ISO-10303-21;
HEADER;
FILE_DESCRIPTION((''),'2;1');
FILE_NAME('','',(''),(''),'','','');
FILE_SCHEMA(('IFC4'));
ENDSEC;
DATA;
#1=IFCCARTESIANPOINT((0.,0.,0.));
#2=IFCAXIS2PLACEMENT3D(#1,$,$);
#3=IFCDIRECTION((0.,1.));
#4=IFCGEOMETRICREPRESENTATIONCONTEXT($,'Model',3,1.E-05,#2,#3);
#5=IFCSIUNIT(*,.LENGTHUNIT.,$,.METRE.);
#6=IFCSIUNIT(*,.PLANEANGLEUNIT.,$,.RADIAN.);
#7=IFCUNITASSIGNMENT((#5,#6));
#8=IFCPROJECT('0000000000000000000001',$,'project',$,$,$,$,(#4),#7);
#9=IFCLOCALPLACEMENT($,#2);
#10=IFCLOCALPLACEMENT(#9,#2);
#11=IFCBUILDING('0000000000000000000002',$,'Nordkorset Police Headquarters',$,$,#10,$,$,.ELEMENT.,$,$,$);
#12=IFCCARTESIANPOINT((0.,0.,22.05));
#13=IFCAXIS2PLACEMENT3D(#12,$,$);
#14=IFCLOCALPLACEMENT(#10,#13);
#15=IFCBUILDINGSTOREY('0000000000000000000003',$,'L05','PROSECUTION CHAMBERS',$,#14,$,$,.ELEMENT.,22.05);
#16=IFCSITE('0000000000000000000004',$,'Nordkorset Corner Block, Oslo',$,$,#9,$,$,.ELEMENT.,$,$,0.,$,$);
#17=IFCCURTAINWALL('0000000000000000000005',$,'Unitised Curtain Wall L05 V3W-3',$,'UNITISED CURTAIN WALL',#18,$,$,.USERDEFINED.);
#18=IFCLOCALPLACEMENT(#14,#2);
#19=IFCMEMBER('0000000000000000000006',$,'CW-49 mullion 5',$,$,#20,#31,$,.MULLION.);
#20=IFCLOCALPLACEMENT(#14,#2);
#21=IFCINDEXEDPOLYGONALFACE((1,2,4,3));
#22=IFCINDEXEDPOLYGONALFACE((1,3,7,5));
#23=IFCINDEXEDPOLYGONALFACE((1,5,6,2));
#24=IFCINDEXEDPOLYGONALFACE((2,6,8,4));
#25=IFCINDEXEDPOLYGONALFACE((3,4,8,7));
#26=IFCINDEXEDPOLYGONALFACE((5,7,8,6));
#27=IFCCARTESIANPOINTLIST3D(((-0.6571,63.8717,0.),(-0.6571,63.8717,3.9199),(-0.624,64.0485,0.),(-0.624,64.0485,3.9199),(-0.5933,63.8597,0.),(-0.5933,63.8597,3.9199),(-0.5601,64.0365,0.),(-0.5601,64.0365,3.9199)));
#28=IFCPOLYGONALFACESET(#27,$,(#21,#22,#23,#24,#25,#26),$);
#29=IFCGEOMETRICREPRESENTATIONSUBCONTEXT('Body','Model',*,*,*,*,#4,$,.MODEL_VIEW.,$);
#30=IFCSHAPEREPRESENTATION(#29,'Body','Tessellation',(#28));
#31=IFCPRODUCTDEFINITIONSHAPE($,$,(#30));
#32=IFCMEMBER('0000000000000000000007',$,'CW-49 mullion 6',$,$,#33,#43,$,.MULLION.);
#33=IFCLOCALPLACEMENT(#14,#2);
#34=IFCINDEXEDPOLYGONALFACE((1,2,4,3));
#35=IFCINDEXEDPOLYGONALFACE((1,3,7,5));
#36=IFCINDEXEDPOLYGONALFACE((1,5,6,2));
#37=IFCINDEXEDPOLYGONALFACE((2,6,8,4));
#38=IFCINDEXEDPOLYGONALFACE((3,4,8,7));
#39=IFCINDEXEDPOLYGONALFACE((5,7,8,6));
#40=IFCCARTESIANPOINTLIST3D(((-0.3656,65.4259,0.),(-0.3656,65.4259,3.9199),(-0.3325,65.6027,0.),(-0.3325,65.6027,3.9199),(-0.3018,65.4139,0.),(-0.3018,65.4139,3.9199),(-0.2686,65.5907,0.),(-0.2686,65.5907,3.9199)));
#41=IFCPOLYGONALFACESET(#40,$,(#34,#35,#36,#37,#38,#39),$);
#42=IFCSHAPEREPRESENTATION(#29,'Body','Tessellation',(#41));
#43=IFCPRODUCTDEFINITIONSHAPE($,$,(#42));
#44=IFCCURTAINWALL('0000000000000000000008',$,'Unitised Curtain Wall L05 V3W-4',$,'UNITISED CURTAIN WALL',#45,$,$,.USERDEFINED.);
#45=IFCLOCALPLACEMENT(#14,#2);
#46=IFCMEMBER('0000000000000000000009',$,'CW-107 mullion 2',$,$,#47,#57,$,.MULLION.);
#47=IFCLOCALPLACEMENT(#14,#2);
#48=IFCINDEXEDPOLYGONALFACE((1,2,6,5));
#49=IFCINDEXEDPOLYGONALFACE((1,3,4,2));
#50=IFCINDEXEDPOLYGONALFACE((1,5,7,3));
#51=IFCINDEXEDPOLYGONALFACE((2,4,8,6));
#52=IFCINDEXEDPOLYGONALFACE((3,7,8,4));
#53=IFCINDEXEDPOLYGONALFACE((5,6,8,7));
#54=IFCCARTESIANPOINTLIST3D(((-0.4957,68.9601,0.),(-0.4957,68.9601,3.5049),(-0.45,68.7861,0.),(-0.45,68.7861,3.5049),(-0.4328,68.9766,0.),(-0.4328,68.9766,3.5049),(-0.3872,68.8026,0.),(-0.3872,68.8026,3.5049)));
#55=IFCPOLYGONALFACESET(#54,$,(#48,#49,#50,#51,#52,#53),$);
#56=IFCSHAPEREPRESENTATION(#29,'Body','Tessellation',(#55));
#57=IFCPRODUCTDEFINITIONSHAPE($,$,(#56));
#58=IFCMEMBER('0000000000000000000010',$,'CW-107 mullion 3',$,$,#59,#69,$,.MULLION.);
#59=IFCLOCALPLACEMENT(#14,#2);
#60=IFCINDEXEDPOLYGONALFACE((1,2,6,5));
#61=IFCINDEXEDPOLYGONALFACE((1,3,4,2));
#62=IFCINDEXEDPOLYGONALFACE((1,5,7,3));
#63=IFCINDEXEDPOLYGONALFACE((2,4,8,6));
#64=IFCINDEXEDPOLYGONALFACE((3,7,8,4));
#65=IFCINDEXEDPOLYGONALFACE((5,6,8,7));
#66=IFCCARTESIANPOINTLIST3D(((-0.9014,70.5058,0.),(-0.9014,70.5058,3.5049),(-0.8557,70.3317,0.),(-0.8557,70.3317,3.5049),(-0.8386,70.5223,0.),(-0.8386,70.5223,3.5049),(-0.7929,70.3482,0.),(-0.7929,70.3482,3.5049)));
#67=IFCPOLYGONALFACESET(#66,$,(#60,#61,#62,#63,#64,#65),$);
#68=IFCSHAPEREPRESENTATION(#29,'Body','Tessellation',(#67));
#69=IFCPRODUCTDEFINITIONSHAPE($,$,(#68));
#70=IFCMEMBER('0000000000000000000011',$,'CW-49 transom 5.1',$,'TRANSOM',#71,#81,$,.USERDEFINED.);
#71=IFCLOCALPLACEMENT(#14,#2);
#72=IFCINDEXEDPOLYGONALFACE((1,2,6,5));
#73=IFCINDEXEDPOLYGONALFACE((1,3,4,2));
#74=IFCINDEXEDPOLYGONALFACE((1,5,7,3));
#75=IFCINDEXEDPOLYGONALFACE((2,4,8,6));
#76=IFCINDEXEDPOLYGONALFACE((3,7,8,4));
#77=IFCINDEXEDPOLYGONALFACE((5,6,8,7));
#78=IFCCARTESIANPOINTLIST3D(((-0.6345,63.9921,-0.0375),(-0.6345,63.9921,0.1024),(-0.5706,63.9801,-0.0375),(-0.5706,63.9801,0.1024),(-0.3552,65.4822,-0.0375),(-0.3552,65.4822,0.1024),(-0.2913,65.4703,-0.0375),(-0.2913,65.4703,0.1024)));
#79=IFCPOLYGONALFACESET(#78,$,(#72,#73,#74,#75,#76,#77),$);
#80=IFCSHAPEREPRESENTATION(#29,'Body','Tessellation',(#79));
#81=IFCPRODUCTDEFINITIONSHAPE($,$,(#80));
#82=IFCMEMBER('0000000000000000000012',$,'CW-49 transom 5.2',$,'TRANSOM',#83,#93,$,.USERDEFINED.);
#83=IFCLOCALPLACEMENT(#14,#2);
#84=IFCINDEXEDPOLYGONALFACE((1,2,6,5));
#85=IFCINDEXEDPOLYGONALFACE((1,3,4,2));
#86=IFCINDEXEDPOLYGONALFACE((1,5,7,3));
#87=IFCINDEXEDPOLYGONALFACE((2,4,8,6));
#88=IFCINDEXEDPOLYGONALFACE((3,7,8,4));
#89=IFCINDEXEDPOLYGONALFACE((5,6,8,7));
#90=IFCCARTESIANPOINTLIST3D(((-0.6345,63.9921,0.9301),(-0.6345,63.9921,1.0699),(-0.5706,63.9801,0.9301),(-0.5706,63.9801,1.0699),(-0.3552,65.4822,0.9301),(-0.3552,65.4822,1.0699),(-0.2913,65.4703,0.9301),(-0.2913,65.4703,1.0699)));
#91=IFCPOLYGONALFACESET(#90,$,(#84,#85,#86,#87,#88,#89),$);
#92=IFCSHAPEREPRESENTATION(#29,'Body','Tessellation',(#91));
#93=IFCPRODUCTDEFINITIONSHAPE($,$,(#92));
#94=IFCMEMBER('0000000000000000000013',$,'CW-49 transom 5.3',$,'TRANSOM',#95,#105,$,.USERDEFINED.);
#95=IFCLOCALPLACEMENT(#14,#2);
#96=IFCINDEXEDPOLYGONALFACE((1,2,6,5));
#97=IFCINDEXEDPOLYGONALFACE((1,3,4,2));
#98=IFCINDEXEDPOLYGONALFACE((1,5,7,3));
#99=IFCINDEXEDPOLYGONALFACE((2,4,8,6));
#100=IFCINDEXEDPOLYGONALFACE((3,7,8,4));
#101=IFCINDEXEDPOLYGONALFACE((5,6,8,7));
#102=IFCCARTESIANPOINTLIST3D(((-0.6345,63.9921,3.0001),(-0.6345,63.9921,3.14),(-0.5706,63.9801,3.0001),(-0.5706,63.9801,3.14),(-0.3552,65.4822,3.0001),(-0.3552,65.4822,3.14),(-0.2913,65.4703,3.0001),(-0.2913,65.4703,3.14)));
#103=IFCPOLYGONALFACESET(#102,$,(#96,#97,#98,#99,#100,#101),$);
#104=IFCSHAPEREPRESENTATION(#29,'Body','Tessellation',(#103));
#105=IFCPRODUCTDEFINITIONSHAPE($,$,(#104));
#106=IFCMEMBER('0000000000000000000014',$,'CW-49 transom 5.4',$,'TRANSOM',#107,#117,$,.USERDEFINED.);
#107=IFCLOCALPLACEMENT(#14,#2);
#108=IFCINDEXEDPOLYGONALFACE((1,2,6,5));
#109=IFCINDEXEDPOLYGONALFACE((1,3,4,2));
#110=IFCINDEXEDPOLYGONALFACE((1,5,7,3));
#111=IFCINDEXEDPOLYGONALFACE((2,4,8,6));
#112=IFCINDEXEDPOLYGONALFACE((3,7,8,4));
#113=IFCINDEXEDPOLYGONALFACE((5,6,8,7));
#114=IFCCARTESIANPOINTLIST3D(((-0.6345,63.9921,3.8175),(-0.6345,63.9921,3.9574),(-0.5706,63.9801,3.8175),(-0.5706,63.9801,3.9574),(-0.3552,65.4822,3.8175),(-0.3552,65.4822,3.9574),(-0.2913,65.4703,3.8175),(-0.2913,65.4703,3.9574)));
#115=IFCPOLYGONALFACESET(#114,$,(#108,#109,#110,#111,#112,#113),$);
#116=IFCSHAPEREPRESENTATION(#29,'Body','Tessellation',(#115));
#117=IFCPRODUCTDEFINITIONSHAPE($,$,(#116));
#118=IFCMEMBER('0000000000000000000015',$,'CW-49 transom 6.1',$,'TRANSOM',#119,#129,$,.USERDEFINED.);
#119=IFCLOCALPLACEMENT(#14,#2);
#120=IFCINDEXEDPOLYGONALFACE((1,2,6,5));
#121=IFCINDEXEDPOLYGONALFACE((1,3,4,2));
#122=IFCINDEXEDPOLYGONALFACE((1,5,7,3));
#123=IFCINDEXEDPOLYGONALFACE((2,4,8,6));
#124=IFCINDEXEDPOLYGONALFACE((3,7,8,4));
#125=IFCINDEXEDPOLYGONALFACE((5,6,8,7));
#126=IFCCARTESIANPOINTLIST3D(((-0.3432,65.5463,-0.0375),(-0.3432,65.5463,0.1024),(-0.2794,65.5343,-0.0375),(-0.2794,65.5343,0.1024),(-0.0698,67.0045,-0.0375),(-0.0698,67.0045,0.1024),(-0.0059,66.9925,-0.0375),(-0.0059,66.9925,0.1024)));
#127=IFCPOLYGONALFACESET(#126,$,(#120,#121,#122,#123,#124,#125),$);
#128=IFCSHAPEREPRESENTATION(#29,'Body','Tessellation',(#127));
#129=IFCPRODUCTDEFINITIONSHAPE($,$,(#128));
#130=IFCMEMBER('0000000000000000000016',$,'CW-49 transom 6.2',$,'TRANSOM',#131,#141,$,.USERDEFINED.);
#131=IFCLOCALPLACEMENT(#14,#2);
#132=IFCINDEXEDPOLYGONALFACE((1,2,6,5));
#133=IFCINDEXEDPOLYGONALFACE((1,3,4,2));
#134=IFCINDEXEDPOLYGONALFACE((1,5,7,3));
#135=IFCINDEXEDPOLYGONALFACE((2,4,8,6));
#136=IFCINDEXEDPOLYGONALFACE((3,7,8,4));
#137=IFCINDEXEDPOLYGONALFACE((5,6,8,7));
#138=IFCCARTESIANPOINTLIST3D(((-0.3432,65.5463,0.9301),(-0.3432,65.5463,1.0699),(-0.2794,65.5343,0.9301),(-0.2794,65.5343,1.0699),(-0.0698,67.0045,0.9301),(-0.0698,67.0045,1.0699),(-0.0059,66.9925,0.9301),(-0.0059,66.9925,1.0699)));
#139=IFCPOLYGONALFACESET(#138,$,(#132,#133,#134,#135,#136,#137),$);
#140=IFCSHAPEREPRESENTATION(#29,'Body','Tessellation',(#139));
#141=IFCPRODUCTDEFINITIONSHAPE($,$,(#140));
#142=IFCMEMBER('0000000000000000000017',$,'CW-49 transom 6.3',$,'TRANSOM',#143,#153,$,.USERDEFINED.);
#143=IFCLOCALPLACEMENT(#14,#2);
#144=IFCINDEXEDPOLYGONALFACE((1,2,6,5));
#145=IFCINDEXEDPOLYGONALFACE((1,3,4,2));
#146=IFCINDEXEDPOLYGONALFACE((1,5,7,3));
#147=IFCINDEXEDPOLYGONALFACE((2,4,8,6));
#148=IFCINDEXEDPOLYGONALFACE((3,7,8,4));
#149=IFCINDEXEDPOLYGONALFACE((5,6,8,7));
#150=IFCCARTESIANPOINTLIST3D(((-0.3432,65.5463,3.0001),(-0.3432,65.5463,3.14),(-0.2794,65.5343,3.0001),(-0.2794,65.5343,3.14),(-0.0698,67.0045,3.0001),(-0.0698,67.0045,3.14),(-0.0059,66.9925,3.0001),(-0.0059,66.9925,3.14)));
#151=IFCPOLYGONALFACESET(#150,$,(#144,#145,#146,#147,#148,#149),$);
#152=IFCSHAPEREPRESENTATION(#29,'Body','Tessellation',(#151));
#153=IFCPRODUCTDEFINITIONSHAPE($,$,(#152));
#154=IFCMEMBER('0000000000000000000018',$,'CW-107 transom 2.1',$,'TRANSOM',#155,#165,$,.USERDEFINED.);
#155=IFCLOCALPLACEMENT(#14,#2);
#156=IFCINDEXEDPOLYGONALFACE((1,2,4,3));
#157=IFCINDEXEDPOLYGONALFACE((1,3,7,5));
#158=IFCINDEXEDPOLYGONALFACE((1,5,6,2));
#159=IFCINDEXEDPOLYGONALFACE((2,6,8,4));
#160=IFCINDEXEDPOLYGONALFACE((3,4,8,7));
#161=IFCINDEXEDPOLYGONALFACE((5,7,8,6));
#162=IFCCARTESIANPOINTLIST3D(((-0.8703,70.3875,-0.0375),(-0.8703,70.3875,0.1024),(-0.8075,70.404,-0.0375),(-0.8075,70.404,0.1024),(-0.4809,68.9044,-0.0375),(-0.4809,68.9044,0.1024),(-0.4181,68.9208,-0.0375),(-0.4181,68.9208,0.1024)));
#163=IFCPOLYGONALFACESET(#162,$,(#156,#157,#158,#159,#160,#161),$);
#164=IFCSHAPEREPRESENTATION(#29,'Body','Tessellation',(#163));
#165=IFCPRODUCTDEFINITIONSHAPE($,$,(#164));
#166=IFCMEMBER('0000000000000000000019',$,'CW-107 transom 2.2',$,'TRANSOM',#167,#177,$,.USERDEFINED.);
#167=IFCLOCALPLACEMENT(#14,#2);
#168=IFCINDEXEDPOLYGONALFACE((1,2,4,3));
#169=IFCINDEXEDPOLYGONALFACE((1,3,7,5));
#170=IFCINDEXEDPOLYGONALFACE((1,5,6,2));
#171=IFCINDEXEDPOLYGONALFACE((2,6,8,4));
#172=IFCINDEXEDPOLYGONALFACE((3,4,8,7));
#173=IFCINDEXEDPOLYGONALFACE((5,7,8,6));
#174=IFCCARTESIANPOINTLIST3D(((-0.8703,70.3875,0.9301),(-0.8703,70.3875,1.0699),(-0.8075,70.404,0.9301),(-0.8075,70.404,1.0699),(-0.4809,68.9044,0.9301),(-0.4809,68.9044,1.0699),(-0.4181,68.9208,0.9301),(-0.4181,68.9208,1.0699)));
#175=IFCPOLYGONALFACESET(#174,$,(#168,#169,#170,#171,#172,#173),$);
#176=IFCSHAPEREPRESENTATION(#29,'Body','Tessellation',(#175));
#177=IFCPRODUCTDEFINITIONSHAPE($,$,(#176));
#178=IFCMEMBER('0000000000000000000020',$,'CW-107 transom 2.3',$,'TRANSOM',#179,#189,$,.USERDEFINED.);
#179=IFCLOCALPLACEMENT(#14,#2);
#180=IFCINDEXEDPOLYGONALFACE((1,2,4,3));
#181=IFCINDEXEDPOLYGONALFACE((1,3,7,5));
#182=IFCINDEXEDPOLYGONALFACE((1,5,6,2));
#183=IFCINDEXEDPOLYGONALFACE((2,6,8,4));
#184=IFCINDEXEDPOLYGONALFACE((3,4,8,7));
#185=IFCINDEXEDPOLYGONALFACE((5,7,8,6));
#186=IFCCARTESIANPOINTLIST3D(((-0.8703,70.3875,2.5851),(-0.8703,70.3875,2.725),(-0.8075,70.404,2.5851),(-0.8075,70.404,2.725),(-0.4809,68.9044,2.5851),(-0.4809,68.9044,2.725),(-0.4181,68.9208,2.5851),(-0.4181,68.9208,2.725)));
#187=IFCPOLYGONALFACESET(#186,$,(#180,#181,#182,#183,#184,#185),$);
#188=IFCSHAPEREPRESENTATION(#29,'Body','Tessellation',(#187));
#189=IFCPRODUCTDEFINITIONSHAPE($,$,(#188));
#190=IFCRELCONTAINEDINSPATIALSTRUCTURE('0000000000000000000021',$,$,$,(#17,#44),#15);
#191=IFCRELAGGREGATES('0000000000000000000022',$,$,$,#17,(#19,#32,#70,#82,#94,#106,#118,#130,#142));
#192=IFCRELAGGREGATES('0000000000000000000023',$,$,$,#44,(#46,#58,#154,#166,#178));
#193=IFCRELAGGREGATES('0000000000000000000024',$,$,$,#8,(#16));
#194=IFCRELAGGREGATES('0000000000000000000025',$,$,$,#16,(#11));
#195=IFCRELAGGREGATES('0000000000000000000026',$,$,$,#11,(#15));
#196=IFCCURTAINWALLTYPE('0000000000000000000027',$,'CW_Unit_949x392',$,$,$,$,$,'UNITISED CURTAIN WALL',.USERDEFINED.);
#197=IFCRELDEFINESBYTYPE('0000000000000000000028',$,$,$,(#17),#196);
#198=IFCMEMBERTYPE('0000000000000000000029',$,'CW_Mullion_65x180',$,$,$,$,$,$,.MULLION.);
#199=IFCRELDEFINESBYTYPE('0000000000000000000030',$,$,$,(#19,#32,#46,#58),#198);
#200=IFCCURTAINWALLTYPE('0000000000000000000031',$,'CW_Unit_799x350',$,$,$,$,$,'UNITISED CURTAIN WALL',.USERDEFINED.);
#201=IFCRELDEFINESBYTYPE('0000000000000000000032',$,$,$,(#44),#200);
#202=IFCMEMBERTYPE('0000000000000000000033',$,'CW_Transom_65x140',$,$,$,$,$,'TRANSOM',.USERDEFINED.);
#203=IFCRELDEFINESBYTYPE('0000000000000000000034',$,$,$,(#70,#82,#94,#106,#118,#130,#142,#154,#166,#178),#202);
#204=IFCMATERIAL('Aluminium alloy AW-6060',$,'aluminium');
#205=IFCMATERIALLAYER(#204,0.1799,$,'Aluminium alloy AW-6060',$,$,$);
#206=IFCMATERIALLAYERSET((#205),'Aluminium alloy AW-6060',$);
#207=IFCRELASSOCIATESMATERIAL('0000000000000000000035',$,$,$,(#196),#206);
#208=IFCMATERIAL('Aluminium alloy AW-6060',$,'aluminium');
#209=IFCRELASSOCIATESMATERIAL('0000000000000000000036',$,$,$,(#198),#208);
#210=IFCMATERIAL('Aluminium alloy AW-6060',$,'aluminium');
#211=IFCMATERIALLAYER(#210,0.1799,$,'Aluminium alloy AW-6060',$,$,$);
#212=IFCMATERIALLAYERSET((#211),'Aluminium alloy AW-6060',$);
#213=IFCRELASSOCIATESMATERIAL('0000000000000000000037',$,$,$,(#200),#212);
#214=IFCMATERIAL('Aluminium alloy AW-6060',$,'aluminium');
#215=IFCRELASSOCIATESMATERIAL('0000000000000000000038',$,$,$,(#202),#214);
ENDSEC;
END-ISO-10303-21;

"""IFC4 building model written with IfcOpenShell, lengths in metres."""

from ifc_helpers import new_model, si_unit, direction, frame, origin, origin_2d, place, context, subcontext, project, spatial, rectangle, extrude, material, layer, layer_set, material_profile, profile_set, type_object, element, aggregate, save


model = new_model("IFC4")

# Units and contexts
model_context = context("Model", 3, precision=1e-05, world=origin(), true_north=direction((0.0, 1.0)))
body_context = subcontext(model_context, "Body", "Model", "MODEL_VIEW")
ifc_project = project(units=[si_unit("LENGTHUNIT", "METRE"), si_unit("PLANEANGLEUNIT", "RADIAN")], contexts=[model_context])

# Site, building, storey
site_placement = place(None, origin())
site = spatial("IfcSite", under=ifc_project, at=site_placement, Name="Nordkorset Corner Block, Oslo", CompositionType="ELEMENT", RefElevation=0.0)
building_placement = place(site_placement, origin())
building = spatial("IfcBuilding", under=site, at=building_placement, Name="Nordkorset Police Headquarters", CompositionType="ELEMENT")
storey_placement = place(building_placement, frame((0.0, 0.0, 22.05)))
storey = spatial("IfcBuildingStorey", under=building, at=storey_placement, Name="L05", Description="PROSECUTION CHAMBERS", CompositionType="ELEMENT", Elevation=22.05)

# Curtain walls, members
ifc_material_1 = material(Name="Aluminium alloy AW-6060", Category="aluminium")
ifc_layer_1 = layer(ifc_material_1, 0.1799, Name="Aluminium alloy AW-6060")
ifc_layer_set_1 = layer_set([ifc_layer_1], Name="Aluminium alloy AW-6060")
curtain_wall_type_1 = type_object("IfcCurtainWallType", Name="CW_Unit_949x392", ElementType="UNITISED CURTAIN WALL", PredefinedType="USERDEFINED", material=ifc_layer_set_1)
curtain_wall_1_placement = place(storey_placement, origin())
curtain_wall_1 = element("IfcCurtainWall", 1, at=curtain_wall_1_placement, inside=storey, type_object=curtain_wall_type_1, Name="Unitised Curtain Wall L05 V3W-3", ObjectType="UNITISED CURTAIN WALL", PredefinedType="USERDEFINED")
ifc_material_2 = material(Name="Aluminium alloy AW-6060", Category="aluminium")
ifc_material_profile_1 = material_profile(ifc_material_2, rectangle(XDim=0.0649, YDim=0.1799, at=origin_2d()), Name="ALU MULL 65x180")
ifc_profile_set_1 = profile_set([ifc_material_profile_1], Name="Aluminium alloy AW-6060")
member_type_1 = type_object("IfcMemberType", Name="CW_Mullion_65x180", PredefinedType="MULLION", material=ifc_profile_set_1)
member_1_placement = place(storey_placement, frame((-0.6086, 63.9541, 0.0), z_axis=(0.0, 0.0, 1.0), x_axis=(-0.982872, 0.184289, 0.0)))
member_1 = element("IfcMember", 2, at=member_1_placement, type_object=member_type_1, Name="CW-49 mullion 5", PredefinedType="MULLION", context=body_context, shape_type="SweptSolid", body=[
    extrude(rectangle(XDim=0.0649, YDim=0.1799, at=origin_2d()), origin(), (0.0, 0.0, 1.0), 3.9199),
])
member_2_placement = place(storey_placement, frame((-0.3171, 65.5083, 0.0), z_axis=(0.0, 0.0, 1.0), x_axis=(-0.982872, 0.184289, 0.0)))
member_2 = element("IfcMember", 3, at=member_2_placement, type_object=member_type_1, Name="CW-49 mullion 6", PredefinedType="MULLION", context=body_context, shape_type="SweptSolid", body=[
    extrude(rectangle(XDim=0.0649, YDim=0.1799, at=origin_2d()), origin(), (0.0, 0.0, 1.0), 3.9199),
])
ifc_material_3 = material(Name="Aluminium alloy AW-6060", Category="aluminium")
ifc_layer_2 = layer(ifc_material_3, 0.1799, Name="Aluminium alloy AW-6060")
ifc_layer_set_2 = layer_set([ifc_layer_2], Name="Aluminium alloy AW-6060")
curtain_wall_type_2 = type_object("IfcCurtainWallType", Name="CW_Unit_799x350", ElementType="UNITISED CURTAIN WALL", PredefinedType="USERDEFINED", material=ifc_layer_set_2)
curtain_wall_2_placement = place(storey_placement, origin())
curtain_wall_2 = element("IfcCurtainWall", 4, at=curtain_wall_2_placement, inside=storey, type_object=curtain_wall_type_2, Name="Unitised Curtain Wall L05 V3W-4", ObjectType="UNITISED CURTAIN WALL", PredefinedType="USERDEFINED")
member_3_placement = place(storey_placement, frame((-0.4414, 68.8813, 0.0), z_axis=(0.0, 0.0, 1.0), x_axis=(-0.967231, -0.253897, 0.0)))
member_3 = element("IfcMember", 5, at=member_3_placement, type_object=member_type_1, Name="CW-107 mullion 2", PredefinedType="MULLION", context=body_context, shape_type="SweptSolid", body=[
    extrude(rectangle(XDim=0.0649, YDim=0.1799, at=origin_2d()), origin(), (0.0, 0.0, 1.0), 3.5049),
])
member_4_placement = place(storey_placement, frame((-0.8472, 70.427, 0.0), z_axis=(0.0, 0.0, 1.0), x_axis=(-0.967231, -0.253897, 0.0)))
member_4 = element("IfcMember", 6, at=member_4_placement, type_object=member_type_1, Name="CW-107 mullion 3", PredefinedType="MULLION", context=body_context, shape_type="SweptSolid", body=[
    extrude(rectangle(XDim=0.0649, YDim=0.1799, at=origin_2d()), origin(), (0.0, 0.0, 1.0), 3.5049),
])

# Members
ifc_material_4 = material(Name="Aluminium alloy AW-6060", Category="aluminium")
ifc_material_profile_2 = material_profile(ifc_material_4, rectangle(XDim=0.0649, YDim=0.1399, at=origin_2d()), Name="ALU TRAN 65x140")
ifc_profile_set_2 = profile_set([ifc_material_profile_2], Name="Aluminium alloy AW-6060")
member_type_2 = type_object("IfcMemberType", Name="CW_Transom_65x140", ElementType="TRANSOM", PredefinedType="USERDEFINED", material=ifc_profile_set_2)
member_5_placement = place(storey_placement, frame((-0.6025, 63.9861, 0.0325), z_axis=(0.184211, 0.982887, 0.0), x_axis=(-0.982887, 0.184211, 0.0)))
member_5 = element("IfcMember", 7, at=member_5_placement, type_object=member_type_2, Name="CW-49 transom 5.1", ObjectType="TRANSOM", PredefinedType="USERDEFINED", context=body_context, shape_type="SweptSolid", body=[
    extrude(rectangle(XDim=0.0649, YDim=0.1399, at=origin_2d()), origin(), (0.0, 0.0, 1.0), 1.5161),
])
member_6_placement = place(storey_placement, frame((-0.6025, 63.9861, 1.0), z_axis=(0.184211, 0.982887, 0.0), x_axis=(-0.982887, 0.184211, 0.0)))
member_6 = element("IfcMember", 8, at=member_6_placement, type_object=member_type_2, Name="CW-49 transom 5.2", ObjectType="TRANSOM", PredefinedType="USERDEFINED", context=body_context, shape_type="SweptSolid", body=[
    extrude(rectangle(XDim=0.0649, YDim=0.1399, at=origin_2d()), origin(), (0.0, 0.0, 1.0), 1.5161),
])
member_7_placement = place(storey_placement, frame((-0.6025, 63.9861, 3.0701), z_axis=(0.184211, 0.982887, 0.0), x_axis=(-0.982887, 0.184211, 0.0)))
member_7 = element("IfcMember", 9, at=member_7_placement, type_object=member_type_2, Name="CW-49 transom 5.3", ObjectType="TRANSOM", PredefinedType="USERDEFINED", context=body_context, shape_type="SweptSolid", body=[
    extrude(rectangle(XDim=0.0649, YDim=0.1399, at=origin_2d()), origin(), (0.0, 0.0, 1.0), 1.5161),
])
member_8_placement = place(storey_placement, frame((-0.6025, 63.9861, 3.8875), z_axis=(0.184211, 0.982887, 0.0), x_axis=(-0.982887, 0.184211, 0.0)))
member_8 = element("IfcMember", 10, at=member_8_placement, type_object=member_type_2, Name="CW-49 transom 5.4", ObjectType="TRANSOM", PredefinedType="USERDEFINED", context=body_context, shape_type="SweptSolid", body=[
    extrude(rectangle(XDim=0.0649, YDim=0.1399, at=origin_2d()), origin(), (0.0, 0.0, 1.0), 1.5161),
])
member_9_placement = place(storey_placement, frame((-0.3113, 65.5403, 0.0325), z_axis=(0.184298, 0.98287, 0.0), x_axis=(-0.98287, 0.184298, 0.0)))
member_9 = element("IfcMember", 11, at=member_9_placement, type_object=member_type_2, Name="CW-49 transom 6.1", ObjectType="TRANSOM", PredefinedType="USERDEFINED", context=body_context, shape_type="SweptSolid", body=[
    extrude(rectangle(XDim=0.0649, YDim=0.1399, at=origin_2d()), origin(), (0.0, 0.0, 1.0), 1.4836),
])
member_10_placement = place(storey_placement, frame((-0.3113, 65.5403, 1.0), z_axis=(0.184298, 0.98287, 0.0), x_axis=(-0.98287, 0.184298, 0.0)))
member_10 = element("IfcMember", 12, at=member_10_placement, type_object=member_type_2, Name="CW-49 transom 6.2", ObjectType="TRANSOM", PredefinedType="USERDEFINED", context=body_context, shape_type="SweptSolid", body=[
    extrude(rectangle(XDim=0.0649, YDim=0.1399, at=origin_2d()), origin(), (0.0, 0.0, 1.0), 1.4836),
])
member_11_placement = place(storey_placement, frame((-0.3113, 65.5403, 3.0701), z_axis=(0.184298, 0.98287, 0.0), x_axis=(-0.98287, 0.184298, 0.0)))
member_11 = element("IfcMember", 13, at=member_11_placement, type_object=member_type_2, Name="CW-49 transom 6.3", ObjectType="TRANSOM", PredefinedType="USERDEFINED", context=body_context, shape_type="SweptSolid", body=[
    extrude(rectangle(XDim=0.0649, YDim=0.1399, at=origin_2d()), origin(), (0.0, 0.0, 1.0), 1.4836),
])
member_12_placement = place(storey_placement, frame((-0.4495, 68.9126, 0.0325), z_axis=(-0.253945, 0.967219, 0.0), x_axis=(-0.967219, -0.253945, 0.0)))
member_12 = element("IfcMember", 14, at=member_12_placement, type_object=member_type_2, Name="CW-107 transom 2.1", ObjectType="TRANSOM", PredefinedType="USERDEFINED", context=body_context, shape_type="SweptSolid", body=[
    extrude(rectangle(XDim=0.0649, YDim=0.1399, at=origin_2d()), origin(), (0.0, 0.0, 1.0), 1.5334),
])
member_13_placement = place(storey_placement, frame((-0.4495, 68.9126, 1.0), z_axis=(-0.253945, 0.967219, 0.0), x_axis=(-0.967219, -0.253945, 0.0)))
member_13 = element("IfcMember", 15, at=member_13_placement, type_object=member_type_2, Name="CW-107 transom 2.2", ObjectType="TRANSOM", PredefinedType="USERDEFINED", context=body_context, shape_type="SweptSolid", body=[
    extrude(rectangle(XDim=0.0649, YDim=0.1399, at=origin_2d()), origin(), (0.0, 0.0, 1.0), 1.5334),
])
member_14_placement = place(storey_placement, frame((-0.4495, 68.9126, 2.655), z_axis=(-0.253945, 0.967219, 0.0), x_axis=(-0.967219, -0.253945, 0.0)))
member_14 = element("IfcMember", 16, at=member_14_placement, type_object=member_type_2, Name="CW-107 transom 2.3", ObjectType="TRANSOM", PredefinedType="USERDEFINED", context=body_context, shape_type="SweptSolid", body=[
    extrude(rectangle(XDim=0.0649, YDim=0.1399, at=origin_2d()), origin(), (0.0, 0.0, 1.0), 1.5334),
])

aggregate(curtain_wall_1, [member_1, member_2, member_5, member_6, member_7, member_8, member_9, member_10, member_11])
aggregate(curtain_wall_2, [member_3, member_4, member_12, member_13, member_14])

save(model, "model.ifc")
